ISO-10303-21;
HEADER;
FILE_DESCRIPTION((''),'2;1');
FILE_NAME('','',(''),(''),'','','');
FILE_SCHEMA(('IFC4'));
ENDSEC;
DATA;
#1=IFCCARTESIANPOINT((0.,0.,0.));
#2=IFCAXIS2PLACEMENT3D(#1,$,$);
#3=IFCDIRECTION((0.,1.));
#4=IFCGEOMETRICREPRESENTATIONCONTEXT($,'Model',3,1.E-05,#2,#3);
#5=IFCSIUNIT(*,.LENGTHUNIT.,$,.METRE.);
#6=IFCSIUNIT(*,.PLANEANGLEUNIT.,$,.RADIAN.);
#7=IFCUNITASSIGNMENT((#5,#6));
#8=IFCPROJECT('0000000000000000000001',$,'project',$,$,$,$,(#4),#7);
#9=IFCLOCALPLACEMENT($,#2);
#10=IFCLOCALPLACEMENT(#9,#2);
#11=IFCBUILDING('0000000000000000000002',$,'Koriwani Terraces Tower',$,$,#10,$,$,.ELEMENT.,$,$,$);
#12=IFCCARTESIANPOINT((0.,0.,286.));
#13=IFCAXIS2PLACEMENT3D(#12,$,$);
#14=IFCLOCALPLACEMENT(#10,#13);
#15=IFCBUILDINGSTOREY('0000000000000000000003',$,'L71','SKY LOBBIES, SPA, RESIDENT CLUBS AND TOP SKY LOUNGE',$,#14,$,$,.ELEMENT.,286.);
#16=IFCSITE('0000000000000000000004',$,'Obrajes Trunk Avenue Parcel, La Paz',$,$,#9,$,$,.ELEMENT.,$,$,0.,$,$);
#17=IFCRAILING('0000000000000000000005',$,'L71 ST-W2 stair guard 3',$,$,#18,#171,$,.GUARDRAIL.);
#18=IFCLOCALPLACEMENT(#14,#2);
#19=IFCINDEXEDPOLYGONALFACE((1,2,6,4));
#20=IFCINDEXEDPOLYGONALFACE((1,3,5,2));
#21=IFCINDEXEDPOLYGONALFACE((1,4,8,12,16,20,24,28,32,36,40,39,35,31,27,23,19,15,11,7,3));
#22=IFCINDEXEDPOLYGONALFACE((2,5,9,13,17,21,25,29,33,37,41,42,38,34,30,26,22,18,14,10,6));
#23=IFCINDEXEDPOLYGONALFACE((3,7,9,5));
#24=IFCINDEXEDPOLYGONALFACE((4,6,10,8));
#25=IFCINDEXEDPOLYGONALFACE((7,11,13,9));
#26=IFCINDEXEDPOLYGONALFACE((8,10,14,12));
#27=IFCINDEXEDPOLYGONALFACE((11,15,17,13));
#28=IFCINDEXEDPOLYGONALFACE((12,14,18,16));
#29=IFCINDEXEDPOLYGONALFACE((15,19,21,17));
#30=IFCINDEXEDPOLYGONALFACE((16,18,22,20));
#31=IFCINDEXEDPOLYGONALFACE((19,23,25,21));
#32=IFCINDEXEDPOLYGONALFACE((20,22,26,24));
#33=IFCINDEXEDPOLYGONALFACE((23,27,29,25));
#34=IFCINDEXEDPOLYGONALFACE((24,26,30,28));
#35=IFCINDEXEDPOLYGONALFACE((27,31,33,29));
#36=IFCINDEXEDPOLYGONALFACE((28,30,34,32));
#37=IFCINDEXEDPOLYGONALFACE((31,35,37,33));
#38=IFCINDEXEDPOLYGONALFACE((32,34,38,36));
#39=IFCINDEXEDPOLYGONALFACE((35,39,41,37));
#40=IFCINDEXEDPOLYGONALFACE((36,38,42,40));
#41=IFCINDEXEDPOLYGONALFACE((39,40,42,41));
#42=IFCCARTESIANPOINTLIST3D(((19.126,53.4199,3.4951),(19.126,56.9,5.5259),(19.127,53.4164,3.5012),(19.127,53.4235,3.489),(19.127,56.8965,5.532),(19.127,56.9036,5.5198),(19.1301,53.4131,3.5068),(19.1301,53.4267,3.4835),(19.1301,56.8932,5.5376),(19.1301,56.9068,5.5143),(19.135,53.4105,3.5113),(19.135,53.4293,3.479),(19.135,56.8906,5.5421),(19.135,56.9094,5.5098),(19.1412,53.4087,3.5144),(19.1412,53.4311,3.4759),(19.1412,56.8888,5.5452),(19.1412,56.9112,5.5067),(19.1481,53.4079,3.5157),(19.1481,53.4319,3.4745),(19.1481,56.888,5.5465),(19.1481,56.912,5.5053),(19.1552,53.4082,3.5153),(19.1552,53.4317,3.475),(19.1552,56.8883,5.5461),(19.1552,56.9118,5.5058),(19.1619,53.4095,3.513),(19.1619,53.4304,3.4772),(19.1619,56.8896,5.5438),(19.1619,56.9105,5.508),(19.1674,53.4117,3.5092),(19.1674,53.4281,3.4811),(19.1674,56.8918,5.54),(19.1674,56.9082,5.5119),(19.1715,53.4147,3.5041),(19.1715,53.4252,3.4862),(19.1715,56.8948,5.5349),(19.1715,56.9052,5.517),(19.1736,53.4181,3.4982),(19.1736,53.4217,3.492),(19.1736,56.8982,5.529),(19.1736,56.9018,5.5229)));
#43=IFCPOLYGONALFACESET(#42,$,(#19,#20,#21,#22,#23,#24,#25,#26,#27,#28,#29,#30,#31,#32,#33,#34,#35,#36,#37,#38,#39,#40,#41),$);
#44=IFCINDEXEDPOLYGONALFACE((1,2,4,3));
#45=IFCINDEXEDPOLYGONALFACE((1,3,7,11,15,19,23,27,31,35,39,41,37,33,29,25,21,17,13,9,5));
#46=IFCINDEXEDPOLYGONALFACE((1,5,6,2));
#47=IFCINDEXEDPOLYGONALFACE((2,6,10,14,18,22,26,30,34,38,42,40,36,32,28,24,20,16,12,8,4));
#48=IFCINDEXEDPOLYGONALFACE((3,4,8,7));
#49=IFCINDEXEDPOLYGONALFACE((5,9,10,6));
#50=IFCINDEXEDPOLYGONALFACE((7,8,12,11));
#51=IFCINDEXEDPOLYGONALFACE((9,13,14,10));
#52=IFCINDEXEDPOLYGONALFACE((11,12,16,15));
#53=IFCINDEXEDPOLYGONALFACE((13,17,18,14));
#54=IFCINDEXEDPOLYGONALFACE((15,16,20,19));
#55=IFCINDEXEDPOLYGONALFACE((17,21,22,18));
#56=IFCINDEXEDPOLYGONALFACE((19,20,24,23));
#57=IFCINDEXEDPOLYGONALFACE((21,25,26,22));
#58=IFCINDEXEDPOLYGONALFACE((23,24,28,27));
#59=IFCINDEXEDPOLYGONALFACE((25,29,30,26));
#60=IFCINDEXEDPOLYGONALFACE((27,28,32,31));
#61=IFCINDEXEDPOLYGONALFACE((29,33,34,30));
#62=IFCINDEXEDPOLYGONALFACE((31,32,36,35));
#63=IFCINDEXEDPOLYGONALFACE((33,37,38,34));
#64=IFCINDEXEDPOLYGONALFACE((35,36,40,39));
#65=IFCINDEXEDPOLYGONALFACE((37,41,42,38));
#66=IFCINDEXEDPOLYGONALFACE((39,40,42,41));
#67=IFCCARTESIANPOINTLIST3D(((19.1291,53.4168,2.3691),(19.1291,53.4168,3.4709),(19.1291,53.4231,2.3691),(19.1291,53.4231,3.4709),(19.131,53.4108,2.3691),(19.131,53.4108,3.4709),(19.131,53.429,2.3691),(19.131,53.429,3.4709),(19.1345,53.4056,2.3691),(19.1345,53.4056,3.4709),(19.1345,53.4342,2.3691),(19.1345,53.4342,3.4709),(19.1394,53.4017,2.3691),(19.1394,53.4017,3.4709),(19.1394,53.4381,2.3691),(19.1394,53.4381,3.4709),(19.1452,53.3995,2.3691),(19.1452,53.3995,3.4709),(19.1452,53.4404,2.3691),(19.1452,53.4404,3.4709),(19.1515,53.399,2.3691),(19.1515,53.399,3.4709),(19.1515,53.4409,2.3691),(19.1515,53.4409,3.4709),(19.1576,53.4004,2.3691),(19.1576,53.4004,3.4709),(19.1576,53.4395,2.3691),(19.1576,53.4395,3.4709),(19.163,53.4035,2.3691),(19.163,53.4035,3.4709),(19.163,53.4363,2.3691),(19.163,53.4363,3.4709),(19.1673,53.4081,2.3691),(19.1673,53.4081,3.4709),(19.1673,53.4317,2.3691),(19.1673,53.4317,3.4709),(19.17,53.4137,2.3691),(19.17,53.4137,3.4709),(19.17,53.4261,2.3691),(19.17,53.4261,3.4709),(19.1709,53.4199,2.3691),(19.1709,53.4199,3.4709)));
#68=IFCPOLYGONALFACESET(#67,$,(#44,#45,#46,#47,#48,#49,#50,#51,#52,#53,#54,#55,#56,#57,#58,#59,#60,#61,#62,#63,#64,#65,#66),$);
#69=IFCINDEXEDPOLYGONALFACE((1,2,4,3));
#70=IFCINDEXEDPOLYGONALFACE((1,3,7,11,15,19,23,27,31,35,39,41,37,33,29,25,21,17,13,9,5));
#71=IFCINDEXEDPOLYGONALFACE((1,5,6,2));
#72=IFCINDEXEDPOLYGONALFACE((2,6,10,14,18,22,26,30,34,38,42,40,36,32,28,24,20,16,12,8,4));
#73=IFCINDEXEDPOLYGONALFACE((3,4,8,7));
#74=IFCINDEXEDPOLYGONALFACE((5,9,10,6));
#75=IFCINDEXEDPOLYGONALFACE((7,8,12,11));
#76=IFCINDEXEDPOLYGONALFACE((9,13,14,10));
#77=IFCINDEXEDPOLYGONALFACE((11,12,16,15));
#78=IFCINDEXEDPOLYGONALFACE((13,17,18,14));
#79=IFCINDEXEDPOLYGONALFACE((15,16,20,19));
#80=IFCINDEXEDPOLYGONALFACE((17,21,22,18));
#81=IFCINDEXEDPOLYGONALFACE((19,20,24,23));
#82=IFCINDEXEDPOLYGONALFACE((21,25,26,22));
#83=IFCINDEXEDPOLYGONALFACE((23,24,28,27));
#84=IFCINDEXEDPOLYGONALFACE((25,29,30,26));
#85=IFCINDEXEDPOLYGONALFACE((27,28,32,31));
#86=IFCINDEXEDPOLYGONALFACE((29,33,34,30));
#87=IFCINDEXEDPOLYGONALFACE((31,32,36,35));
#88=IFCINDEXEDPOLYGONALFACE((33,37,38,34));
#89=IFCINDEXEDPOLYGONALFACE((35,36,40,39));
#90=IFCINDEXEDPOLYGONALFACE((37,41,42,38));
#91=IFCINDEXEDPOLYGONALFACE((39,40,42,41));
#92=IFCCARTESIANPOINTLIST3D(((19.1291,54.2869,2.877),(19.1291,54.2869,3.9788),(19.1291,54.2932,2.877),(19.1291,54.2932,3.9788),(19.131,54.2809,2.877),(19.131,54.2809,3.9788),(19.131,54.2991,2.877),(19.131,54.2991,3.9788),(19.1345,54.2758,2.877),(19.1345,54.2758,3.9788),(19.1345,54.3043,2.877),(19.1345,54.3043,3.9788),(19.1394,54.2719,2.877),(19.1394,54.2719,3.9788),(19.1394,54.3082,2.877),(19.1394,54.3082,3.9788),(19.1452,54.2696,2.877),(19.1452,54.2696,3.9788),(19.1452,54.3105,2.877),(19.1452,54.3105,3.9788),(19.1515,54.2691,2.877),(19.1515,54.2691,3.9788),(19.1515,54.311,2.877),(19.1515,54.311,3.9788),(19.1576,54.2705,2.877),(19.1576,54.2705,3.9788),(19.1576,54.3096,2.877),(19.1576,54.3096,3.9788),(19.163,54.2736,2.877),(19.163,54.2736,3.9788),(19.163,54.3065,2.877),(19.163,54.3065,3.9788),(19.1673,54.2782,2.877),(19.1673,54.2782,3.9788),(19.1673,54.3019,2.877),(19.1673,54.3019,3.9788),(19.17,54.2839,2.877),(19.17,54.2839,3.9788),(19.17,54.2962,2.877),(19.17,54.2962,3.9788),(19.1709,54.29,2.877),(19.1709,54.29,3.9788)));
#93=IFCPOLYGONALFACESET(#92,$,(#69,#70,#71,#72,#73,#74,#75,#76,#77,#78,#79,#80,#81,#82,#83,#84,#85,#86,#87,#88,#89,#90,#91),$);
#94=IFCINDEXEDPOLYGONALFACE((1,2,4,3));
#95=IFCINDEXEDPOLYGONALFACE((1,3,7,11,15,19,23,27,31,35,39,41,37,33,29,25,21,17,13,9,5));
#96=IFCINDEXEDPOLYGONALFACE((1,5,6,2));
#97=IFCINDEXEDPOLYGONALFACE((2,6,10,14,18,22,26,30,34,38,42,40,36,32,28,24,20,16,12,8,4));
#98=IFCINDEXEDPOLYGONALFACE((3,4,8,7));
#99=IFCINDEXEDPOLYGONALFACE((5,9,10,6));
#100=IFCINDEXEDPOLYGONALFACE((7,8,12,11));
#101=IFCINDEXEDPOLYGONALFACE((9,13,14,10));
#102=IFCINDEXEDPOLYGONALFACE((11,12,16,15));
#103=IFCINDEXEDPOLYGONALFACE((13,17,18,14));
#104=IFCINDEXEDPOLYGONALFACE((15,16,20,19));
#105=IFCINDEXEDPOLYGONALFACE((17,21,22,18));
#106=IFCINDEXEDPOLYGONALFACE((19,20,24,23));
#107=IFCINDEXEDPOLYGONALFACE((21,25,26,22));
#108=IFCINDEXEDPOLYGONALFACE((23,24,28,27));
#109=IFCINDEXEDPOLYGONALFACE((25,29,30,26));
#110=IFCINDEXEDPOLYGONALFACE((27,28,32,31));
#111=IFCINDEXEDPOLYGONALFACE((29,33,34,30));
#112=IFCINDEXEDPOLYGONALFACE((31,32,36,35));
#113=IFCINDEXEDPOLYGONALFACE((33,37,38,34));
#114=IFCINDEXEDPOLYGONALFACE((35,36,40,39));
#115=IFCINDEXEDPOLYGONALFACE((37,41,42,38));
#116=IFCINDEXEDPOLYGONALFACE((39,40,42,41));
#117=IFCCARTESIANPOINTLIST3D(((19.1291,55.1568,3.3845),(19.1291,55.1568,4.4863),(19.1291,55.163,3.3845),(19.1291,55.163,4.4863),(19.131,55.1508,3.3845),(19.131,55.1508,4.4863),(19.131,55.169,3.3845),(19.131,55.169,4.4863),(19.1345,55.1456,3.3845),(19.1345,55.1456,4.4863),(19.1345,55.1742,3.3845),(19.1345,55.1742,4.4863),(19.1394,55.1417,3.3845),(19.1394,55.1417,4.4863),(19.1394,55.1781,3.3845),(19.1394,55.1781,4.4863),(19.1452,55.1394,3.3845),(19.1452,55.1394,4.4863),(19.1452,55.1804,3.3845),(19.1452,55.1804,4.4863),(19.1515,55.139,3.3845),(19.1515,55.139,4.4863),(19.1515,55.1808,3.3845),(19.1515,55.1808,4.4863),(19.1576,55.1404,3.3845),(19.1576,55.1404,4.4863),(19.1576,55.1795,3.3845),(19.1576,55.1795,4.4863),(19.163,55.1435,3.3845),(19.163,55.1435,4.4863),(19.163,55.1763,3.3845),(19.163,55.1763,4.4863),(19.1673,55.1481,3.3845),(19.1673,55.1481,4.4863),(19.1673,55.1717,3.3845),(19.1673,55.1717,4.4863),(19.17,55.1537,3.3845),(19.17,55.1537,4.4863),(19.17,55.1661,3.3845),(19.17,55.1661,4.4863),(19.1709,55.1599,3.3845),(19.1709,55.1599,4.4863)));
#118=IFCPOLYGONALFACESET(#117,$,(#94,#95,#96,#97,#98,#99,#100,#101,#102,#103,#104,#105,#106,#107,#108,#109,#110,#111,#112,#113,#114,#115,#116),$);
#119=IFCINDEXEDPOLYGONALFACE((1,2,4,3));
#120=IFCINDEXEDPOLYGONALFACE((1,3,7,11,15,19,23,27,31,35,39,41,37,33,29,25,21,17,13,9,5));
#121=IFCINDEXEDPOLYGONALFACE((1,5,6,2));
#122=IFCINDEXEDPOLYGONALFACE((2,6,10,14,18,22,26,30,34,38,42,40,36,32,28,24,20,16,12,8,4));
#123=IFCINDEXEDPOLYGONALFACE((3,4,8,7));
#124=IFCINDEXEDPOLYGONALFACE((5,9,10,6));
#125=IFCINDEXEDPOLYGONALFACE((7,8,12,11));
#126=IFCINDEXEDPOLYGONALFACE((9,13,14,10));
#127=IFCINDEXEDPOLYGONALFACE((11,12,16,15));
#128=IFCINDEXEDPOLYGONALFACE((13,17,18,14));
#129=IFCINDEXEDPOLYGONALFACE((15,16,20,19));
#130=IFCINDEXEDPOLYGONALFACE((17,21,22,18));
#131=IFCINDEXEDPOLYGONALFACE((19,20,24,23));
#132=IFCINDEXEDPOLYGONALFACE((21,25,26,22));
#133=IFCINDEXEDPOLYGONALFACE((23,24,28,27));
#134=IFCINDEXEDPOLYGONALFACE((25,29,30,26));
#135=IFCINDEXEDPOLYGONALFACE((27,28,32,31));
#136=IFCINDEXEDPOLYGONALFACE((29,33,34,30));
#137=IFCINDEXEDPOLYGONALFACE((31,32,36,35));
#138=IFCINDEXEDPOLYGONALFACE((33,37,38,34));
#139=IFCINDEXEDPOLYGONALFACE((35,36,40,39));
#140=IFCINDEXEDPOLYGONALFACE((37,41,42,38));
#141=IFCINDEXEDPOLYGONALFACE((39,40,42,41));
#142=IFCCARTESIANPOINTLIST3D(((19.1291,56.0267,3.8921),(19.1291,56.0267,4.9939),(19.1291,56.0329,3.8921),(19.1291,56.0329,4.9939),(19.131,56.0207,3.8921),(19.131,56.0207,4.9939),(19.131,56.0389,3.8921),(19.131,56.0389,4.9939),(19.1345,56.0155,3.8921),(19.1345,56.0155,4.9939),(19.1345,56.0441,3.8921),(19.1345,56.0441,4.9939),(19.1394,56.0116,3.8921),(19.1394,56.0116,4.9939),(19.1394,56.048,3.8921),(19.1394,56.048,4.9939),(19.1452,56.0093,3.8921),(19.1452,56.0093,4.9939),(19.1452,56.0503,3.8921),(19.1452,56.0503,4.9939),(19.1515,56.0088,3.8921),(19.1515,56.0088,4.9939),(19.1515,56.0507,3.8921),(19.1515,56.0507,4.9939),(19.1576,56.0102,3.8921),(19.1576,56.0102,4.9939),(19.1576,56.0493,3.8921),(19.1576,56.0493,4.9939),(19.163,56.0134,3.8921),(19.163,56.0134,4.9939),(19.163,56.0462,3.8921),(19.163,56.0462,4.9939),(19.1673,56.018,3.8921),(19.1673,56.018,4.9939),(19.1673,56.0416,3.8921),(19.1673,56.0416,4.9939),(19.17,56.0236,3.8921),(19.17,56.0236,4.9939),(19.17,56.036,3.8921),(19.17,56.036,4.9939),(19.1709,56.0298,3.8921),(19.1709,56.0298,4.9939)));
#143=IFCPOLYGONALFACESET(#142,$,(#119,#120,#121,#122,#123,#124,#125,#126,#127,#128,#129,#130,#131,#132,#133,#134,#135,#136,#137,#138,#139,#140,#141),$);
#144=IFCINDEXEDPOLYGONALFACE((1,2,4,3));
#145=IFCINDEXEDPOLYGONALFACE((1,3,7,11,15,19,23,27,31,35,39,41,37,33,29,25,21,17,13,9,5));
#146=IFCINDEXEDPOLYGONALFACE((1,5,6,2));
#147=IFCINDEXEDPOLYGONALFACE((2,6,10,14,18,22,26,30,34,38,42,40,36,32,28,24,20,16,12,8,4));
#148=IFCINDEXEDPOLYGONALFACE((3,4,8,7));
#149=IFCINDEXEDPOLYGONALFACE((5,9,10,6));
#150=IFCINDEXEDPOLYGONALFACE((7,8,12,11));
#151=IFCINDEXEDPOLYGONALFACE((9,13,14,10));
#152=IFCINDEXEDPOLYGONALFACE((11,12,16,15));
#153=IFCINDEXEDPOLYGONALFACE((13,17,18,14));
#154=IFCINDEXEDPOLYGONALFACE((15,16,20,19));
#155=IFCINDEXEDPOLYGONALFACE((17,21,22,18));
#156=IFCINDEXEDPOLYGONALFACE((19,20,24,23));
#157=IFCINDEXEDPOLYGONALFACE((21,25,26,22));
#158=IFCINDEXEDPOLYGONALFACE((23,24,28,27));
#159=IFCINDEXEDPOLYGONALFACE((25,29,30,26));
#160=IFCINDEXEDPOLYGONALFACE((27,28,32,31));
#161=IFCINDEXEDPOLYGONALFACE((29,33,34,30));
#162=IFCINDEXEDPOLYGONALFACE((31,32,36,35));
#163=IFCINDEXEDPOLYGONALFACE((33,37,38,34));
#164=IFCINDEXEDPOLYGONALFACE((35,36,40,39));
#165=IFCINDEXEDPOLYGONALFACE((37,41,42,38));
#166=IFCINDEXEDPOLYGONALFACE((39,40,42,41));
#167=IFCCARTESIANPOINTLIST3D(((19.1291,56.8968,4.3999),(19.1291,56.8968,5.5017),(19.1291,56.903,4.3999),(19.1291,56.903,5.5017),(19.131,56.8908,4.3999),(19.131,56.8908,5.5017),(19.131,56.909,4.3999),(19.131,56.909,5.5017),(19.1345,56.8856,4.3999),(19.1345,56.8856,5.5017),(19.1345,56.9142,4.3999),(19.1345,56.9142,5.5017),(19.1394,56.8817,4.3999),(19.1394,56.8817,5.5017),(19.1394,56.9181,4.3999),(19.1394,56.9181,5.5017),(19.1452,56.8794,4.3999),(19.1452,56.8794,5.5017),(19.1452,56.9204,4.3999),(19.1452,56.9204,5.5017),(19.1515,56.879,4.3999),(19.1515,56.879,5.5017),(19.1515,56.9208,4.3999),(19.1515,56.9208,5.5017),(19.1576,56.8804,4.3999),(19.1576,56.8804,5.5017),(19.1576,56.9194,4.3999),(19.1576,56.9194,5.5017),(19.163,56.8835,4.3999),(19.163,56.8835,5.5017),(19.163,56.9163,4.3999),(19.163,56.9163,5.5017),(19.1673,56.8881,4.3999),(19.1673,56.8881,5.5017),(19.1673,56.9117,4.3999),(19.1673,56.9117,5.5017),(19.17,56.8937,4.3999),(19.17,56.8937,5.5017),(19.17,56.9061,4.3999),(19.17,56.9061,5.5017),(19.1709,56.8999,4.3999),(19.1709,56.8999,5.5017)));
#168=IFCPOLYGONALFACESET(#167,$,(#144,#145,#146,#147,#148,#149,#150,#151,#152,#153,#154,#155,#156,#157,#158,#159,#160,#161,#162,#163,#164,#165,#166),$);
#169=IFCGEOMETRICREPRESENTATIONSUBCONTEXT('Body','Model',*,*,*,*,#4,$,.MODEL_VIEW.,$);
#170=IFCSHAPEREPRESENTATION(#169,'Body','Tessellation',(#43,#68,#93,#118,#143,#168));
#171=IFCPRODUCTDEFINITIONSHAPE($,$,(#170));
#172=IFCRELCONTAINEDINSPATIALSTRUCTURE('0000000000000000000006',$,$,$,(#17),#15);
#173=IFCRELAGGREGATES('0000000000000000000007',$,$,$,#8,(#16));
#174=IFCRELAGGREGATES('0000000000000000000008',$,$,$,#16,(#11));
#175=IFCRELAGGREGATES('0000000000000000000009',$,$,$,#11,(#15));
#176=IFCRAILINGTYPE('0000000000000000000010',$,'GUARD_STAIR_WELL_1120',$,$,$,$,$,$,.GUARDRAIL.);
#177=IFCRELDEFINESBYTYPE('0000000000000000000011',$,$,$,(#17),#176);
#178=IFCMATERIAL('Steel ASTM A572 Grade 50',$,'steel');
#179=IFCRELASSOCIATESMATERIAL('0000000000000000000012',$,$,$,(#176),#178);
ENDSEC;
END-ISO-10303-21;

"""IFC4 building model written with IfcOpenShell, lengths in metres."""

from ifc_helpers import new_model, si_unit, direction, frame, origin, origin_2d, place, context, subcontext, project, spatial, circle, extrude, material, type_object, element, save


model = new_model("IFC4")

# Units and contexts
model_context = context("Model", 3, precision=1e-05, world=origin(), true_north=direction((0.0, 1.0)))
body_context = subcontext(model_context, "Body", "Model", "MODEL_VIEW")
ifc_project = project(units=[si_unit("LENGTHUNIT", "METRE"), si_unit("PLANEANGLEUNIT", "RADIAN")], contexts=[model_context])

# Site, building, storey
site_placement = place(None, origin())
site = spatial("IfcSite", under=ifc_project, at=site_placement, Name="Obrajes Trunk Avenue Parcel, La Paz", CompositionType="ELEMENT", RefElevation=0.0)
building_placement = place(site_placement, origin())
building = spatial("IfcBuilding", under=site, at=building_placement, Name="Koriwani Terraces Tower", CompositionType="ELEMENT")
storey_placement = place(building_placement, frame((0.0, 0.0, 286.0)))
storey = spatial("IfcBuildingStorey", under=building, at=storey_placement, Name="L71", Description="SKY LOBBIES, SPA, RESIDENT CLUBS AND TOP SKY LOUNGE", CompositionType="ELEMENT", Elevation=286.0)

# Shared definitions
ifc_material_1 = material(Name="Steel ASTM A572 Grade 50", Category="steel")

# Railing
railing_type_1 = type_object("IfcRailingType", Name="GUARD_STAIR_WELL_1120", PredefinedType="GUARDRAIL", material=ifc_material_1)
railing_1_placement = place(storey_placement, frame((19.1499, 53.4199, 2.3691)))
element("IfcRailing", 1, at=railing_1_placement, inside=storey, type_object=railing_type_1, Name="L71 ST-W2 stair guard 3", PredefinedType="GUARDRAIL", context=body_context, shape_type="SweptSolid", body=[
    extrude(circle(Radius=0.0239, at=origin_2d()), frame((0.0, 0.0, 1.126), z_axis=(0.0, 0.863695, 0.504014), x_axis=(-1.0, 0.0, 0.0)), (0.0, 0.0, 1.0), 4.0293),
    extrude(circle(Radius=0.021, at=origin_2d()), origin(), (0.0, 0.0, 1.0), 1.1018),
    extrude(circle(Radius=0.021, at=origin_2d()), frame((0.0, 0.8701, 0.5078)), (0.0, 0.0, 1.0), 1.1018),
    extrude(circle(Radius=0.021, at=origin_2d()), frame((0.0, 1.74, 1.0154)), (0.0, 0.0, 1.0), 1.1018),
    extrude(circle(Radius=0.021, at=origin_2d()), frame((0.0, 2.6099, 1.5229)), (0.0, 0.0, 1.0), 1.1018),
    extrude(circle(Radius=0.021, at=origin_2d()), frame((0.0, 3.48, 2.0308)), (0.0, 0.0, 1.0), 1.1018),
])

save(model, "model.ifc")
